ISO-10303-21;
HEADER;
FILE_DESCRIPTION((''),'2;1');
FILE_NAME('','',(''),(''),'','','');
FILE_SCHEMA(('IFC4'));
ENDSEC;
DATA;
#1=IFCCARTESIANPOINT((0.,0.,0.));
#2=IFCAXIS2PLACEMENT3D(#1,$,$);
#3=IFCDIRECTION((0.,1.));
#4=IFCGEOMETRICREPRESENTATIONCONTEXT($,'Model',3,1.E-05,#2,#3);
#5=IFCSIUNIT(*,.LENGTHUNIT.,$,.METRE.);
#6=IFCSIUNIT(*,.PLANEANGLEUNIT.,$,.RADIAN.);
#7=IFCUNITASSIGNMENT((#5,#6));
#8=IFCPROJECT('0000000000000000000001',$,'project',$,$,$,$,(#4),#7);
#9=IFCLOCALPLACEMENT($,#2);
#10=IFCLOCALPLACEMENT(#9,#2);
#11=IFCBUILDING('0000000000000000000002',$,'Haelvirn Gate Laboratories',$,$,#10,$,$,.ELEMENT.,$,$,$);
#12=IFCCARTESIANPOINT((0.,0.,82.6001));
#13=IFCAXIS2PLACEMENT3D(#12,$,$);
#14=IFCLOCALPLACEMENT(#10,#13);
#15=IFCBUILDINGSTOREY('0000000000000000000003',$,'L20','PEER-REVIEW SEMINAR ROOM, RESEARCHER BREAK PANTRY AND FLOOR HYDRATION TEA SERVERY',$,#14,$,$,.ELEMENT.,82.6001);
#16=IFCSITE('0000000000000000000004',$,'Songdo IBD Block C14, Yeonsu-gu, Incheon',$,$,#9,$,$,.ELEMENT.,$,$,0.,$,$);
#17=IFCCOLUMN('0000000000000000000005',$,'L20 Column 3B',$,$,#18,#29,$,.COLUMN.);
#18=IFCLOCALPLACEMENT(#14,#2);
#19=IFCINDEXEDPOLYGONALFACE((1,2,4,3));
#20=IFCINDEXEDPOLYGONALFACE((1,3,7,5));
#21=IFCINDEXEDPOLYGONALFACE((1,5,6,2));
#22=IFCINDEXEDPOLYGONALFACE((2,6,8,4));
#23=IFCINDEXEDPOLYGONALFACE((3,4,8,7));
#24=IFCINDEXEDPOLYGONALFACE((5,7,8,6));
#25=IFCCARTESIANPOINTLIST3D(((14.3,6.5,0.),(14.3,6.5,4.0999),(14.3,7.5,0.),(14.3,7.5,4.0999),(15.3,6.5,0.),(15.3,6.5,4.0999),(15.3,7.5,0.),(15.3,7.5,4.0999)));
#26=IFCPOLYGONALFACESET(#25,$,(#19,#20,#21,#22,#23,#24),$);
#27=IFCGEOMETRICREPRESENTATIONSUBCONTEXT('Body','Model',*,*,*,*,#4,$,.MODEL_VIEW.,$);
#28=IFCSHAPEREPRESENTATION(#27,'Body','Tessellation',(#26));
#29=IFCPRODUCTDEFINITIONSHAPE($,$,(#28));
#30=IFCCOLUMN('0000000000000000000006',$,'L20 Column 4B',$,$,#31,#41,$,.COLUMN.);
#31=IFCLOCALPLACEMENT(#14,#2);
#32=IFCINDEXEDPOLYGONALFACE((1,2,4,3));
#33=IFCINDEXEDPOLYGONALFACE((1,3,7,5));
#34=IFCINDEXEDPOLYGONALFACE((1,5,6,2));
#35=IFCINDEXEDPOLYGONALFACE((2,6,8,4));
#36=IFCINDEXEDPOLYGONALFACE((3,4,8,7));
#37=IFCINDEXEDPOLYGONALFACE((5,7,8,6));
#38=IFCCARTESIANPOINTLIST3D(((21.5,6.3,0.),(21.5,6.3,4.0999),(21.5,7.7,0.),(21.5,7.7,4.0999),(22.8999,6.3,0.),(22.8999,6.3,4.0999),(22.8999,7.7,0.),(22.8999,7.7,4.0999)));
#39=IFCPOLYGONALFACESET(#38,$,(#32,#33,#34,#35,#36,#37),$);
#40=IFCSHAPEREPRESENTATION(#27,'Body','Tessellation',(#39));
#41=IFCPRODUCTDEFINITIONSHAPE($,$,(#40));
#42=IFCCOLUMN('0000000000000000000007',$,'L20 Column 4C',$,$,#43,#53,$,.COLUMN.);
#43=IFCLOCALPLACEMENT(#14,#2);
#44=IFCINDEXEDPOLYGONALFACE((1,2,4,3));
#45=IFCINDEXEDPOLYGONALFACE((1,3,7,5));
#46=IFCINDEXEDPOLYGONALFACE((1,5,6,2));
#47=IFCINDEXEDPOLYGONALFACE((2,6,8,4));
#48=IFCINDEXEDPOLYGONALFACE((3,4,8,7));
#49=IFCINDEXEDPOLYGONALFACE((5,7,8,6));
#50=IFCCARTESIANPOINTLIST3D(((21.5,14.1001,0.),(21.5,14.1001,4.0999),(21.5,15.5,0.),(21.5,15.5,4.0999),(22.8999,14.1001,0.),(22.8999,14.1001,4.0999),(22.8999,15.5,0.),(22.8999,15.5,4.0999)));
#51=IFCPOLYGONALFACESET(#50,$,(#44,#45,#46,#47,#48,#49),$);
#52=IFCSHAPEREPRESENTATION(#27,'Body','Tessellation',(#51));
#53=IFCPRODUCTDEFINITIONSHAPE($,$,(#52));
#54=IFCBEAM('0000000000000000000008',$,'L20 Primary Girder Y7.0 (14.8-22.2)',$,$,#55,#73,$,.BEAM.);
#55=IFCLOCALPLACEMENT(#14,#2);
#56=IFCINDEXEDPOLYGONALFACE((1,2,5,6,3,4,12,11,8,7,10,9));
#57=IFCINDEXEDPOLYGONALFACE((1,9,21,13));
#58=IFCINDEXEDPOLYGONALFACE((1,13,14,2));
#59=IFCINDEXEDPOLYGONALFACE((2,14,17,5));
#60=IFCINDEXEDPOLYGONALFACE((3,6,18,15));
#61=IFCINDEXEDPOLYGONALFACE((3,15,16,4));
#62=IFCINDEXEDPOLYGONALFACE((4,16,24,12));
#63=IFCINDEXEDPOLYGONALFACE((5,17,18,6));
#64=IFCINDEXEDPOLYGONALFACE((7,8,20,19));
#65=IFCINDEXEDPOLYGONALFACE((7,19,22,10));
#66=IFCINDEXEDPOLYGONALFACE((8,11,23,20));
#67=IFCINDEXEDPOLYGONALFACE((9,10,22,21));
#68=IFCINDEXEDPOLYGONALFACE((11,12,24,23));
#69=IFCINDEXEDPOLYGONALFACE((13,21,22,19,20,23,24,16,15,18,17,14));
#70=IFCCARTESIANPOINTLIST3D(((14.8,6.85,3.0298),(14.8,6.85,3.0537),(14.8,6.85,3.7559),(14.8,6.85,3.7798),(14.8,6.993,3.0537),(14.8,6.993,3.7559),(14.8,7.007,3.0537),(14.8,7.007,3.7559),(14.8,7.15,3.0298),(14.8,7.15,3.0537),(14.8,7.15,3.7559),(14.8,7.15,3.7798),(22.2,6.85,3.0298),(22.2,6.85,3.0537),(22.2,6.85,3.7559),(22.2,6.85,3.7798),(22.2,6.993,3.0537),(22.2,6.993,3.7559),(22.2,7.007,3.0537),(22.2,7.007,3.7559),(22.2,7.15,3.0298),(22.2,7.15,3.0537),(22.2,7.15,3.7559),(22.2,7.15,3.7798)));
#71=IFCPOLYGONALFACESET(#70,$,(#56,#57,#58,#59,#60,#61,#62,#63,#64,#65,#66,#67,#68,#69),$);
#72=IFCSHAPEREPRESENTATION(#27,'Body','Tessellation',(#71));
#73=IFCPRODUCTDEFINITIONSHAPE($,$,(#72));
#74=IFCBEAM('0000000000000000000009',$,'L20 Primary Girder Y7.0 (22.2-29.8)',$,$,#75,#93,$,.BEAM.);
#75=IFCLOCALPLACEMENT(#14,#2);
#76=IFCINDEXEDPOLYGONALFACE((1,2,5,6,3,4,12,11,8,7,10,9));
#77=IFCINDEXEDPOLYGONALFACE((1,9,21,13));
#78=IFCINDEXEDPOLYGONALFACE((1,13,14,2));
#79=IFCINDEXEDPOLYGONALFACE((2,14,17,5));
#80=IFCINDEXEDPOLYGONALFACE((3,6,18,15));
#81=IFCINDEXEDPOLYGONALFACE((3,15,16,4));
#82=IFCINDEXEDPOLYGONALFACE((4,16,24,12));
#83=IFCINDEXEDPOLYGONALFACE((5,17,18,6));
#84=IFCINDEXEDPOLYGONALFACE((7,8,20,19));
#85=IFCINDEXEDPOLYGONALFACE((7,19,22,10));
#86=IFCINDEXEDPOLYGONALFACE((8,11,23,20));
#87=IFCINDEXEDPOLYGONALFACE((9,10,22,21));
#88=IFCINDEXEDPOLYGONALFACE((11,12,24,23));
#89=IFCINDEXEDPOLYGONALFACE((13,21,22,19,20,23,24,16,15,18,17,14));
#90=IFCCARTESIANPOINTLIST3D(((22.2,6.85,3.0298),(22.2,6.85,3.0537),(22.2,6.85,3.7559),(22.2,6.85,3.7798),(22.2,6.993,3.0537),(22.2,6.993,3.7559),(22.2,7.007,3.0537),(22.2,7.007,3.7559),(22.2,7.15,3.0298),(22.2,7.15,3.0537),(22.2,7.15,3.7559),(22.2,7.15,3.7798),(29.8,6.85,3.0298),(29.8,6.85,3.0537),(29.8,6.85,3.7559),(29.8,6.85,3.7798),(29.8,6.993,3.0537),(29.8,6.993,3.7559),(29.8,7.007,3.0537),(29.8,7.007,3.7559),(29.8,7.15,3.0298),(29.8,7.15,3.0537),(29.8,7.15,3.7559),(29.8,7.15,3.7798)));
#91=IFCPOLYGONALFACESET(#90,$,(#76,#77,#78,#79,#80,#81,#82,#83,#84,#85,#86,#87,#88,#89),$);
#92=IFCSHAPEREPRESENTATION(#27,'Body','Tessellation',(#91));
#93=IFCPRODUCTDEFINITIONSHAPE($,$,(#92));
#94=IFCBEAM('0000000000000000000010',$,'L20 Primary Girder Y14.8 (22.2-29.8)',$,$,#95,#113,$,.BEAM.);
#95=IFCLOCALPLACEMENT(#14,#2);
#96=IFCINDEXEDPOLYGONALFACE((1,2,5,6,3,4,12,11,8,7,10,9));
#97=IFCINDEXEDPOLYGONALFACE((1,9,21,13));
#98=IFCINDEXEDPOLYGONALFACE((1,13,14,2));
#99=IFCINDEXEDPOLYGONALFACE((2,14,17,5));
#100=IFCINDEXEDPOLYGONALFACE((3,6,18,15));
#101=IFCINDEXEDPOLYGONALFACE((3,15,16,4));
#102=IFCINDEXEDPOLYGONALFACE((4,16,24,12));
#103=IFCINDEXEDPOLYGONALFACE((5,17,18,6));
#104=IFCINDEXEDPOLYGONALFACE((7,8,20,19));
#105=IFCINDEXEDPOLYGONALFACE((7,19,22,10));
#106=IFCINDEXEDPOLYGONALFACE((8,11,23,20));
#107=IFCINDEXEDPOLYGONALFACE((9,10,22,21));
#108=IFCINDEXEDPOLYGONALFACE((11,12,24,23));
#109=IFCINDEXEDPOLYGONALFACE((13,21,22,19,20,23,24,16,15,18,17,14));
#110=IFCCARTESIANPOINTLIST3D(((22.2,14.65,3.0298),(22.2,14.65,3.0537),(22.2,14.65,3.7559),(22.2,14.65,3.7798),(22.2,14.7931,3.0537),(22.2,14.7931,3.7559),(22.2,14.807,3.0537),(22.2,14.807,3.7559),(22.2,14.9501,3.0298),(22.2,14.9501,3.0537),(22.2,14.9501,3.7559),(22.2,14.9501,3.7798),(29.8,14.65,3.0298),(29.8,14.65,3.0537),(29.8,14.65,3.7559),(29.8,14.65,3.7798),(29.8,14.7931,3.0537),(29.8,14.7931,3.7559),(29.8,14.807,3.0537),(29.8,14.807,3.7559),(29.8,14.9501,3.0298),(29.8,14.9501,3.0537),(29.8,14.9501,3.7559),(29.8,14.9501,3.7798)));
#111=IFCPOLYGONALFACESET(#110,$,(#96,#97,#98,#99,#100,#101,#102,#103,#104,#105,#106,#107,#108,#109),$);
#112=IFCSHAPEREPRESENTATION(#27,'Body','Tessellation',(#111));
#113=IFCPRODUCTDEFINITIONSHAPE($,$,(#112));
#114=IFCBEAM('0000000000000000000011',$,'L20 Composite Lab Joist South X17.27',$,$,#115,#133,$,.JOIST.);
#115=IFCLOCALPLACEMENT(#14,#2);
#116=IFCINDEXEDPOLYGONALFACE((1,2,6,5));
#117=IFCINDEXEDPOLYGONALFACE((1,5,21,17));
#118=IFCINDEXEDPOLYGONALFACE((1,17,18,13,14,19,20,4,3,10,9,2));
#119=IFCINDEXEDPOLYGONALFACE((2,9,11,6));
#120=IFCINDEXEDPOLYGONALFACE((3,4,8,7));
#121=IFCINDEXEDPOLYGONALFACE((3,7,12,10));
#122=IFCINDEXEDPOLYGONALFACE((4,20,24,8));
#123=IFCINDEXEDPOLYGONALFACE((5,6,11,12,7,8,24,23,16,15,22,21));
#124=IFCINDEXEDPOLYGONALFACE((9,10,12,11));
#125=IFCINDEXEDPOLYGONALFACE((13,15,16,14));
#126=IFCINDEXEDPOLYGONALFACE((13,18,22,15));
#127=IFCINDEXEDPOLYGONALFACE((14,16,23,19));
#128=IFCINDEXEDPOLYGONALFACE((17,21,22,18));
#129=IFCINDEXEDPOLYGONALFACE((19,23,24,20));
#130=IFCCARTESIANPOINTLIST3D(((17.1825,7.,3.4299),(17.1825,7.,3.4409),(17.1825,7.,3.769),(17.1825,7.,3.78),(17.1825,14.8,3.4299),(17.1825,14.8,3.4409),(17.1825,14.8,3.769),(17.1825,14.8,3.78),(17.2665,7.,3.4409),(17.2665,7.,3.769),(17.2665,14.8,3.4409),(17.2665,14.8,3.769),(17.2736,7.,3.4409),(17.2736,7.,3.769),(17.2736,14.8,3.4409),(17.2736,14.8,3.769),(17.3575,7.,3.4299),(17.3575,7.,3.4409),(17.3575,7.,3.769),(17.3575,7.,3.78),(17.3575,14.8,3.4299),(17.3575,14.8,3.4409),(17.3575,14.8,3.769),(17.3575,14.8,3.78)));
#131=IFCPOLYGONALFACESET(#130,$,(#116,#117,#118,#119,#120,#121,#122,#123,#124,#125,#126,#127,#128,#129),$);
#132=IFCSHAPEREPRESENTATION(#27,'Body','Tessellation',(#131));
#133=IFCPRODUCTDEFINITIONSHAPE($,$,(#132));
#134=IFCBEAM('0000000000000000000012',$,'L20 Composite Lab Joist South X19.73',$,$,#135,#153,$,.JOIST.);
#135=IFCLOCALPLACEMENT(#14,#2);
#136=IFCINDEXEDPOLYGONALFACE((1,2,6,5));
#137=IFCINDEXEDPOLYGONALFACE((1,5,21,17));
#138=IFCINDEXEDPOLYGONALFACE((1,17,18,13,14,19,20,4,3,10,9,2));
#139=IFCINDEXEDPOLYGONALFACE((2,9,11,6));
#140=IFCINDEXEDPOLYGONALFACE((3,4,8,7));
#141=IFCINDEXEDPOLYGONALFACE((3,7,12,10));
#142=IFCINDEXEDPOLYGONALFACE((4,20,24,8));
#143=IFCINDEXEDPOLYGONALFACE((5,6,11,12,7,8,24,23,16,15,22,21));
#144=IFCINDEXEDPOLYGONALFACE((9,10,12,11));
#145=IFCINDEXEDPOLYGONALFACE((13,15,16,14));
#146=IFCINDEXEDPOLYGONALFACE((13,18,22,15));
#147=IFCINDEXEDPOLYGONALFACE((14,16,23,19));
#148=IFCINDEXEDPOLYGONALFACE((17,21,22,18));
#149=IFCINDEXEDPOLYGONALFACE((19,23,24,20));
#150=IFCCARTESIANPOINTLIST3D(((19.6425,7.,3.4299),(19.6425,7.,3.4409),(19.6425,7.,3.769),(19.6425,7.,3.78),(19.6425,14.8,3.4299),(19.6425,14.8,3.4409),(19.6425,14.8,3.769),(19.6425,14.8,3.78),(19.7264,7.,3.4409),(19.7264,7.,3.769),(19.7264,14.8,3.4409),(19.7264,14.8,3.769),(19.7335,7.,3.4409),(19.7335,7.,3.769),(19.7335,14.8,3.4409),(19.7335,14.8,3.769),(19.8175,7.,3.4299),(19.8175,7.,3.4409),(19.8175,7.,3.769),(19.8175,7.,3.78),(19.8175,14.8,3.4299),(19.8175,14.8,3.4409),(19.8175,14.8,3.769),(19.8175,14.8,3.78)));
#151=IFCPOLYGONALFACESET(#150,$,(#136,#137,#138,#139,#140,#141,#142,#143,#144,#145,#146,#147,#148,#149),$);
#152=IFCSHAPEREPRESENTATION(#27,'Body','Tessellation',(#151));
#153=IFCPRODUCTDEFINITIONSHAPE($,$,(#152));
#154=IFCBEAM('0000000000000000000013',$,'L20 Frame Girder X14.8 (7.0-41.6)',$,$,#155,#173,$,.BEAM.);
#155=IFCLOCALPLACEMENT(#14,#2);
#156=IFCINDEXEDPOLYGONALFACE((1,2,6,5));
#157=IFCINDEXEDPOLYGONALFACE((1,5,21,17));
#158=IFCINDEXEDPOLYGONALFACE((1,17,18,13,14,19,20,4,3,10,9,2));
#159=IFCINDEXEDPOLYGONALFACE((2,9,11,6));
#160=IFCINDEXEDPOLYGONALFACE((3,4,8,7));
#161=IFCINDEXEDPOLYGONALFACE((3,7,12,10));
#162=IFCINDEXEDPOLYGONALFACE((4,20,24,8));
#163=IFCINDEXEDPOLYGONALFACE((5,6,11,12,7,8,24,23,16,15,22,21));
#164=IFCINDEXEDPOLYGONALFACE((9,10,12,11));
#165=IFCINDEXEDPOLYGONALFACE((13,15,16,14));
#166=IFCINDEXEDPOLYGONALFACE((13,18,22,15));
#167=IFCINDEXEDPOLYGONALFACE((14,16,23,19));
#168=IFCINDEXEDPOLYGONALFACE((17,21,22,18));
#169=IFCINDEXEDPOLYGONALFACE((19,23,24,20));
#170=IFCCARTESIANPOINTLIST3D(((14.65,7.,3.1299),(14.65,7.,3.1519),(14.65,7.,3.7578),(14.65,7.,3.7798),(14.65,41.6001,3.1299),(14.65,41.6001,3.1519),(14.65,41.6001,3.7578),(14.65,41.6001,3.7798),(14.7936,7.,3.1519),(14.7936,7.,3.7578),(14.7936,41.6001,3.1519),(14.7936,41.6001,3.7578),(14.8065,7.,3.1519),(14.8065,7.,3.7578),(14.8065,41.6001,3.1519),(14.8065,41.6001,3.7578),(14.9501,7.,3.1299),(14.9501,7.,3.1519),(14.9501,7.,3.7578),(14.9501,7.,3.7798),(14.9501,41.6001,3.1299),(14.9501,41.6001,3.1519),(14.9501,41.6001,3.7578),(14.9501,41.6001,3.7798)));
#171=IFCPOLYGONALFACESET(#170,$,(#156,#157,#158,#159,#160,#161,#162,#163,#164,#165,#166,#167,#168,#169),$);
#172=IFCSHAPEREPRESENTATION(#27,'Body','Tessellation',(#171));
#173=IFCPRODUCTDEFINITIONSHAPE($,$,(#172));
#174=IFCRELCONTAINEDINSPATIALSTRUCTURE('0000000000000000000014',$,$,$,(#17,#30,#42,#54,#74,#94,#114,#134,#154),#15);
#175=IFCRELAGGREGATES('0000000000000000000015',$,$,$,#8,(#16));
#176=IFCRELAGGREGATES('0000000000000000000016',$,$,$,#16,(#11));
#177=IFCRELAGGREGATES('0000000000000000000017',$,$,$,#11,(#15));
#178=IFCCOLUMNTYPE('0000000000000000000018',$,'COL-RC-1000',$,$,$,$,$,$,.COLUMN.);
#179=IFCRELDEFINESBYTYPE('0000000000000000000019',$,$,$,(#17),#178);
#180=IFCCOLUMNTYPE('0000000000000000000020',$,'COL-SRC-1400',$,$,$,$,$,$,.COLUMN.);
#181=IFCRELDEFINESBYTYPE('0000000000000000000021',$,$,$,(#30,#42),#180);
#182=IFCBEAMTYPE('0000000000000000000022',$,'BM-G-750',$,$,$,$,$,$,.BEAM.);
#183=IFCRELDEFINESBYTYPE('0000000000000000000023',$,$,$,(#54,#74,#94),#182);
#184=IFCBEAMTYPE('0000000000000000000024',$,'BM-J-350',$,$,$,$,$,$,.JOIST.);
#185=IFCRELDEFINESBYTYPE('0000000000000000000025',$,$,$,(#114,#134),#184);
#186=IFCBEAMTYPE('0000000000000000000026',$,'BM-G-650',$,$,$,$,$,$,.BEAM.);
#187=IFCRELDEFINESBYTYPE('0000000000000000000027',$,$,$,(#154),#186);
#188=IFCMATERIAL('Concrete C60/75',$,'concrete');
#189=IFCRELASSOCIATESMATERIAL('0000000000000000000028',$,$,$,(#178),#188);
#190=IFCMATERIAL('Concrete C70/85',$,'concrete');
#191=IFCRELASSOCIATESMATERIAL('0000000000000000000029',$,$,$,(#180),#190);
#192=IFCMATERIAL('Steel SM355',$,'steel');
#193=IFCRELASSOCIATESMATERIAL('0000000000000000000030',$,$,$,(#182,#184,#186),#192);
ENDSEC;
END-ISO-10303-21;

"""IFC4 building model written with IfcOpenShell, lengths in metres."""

from ifc_helpers import new_model, si_unit, direction, frame, origin, origin_2d, place, context, subcontext, project, spatial, rectangle, i_section, extrude, source, transform, mapped, material, material_profile, profile_set, type_object, type_shapes, element, save


model = new_model("IFC4")

# Units and contexts
model_context = context("Model", 3, precision=1e-05, world=origin(), true_north=direction((0.0, 1.0)))
body_context = subcontext(model_context, "Body", "Model", "MODEL_VIEW")
ifc_project = project(units=[si_unit("LENGTHUNIT", "METRE"), si_unit("PLANEANGLEUNIT", "RADIAN")], contexts=[model_context])

# Site, building, storey
site_placement = place(None, origin())
site = spatial("IfcSite", under=ifc_project, at=site_placement, Name="Songdo IBD Block C14, Yeonsu-gu, Incheon", CompositionType="ELEMENT", RefElevation=0.0)
building_placement = place(site_placement, origin())
building = spatial("IfcBuilding", under=site, at=building_placement, Name="Haelvirn Gate Laboratories", CompositionType="ELEMENT")
storey_placement = place(building_placement, frame((0.0, 0.0, 82.6001)))
storey = spatial("IfcBuildingStorey", under=building, at=storey_placement, Name="L20", Description="PEER-REVIEW SEMINAR ROOM, RESEARCHER BREAK PANTRY AND FLOOR HYDRATION TEA SERVERY", CompositionType="ELEMENT", Elevation=82.6001)

# Columns
ifc_material_1 = material(Name="Concrete C60/75", Category="concrete")
ifc_material_profile_1 = material_profile(ifc_material_1, rectangle(XDim=1.0, YDim=1.0, at=origin_2d()), Name="RC-1000x1000")
ifc_profile_set_1 = profile_set([ifc_material_profile_1], Name="Concrete C60/75")
column_type_1 = type_object("IfcColumnType", Name="COL-RC-1000", PredefinedType="COLUMN", material=ifc_profile_set_1)
shared_shape_1 = source(origin(), body_context, "Body", "SweptSolid", [
    extrude(rectangle(XDim=1.0, YDim=1.0, at=origin_2d()), origin(), (0.0, 0.0, 1.0), 4.0999),
])
type_shapes(column_type_1, [shared_shape_1])
column_placement = place(storey_placement, frame((14.8, 7.0, 0.0), z_axis=(0.0, 0.0, 1.0), x_axis=(1.0, 0.0, 0.0)))
element("IfcColumn", 1, at=column_placement, inside=storey, type_object=column_type_1, Name="L20 Column 3B", PredefinedType="COLUMN", context=body_context, shape_type="MappedRepresentation", body=[
    mapped(shared_shape_1, transform((0.0, 0.0, 0.0), scale=1.0)),
])
ifc_material_2 = material(Name="Concrete C70/85", Category="concrete")
ifc_material_profile_2 = material_profile(ifc_material_2, rectangle(XDim=1.3999, YDim=1.3999, at=origin_2d()), Name="SRC-1400x1400")
ifc_profile_set_2 = profile_set([ifc_material_profile_2], Name="Concrete C70/85")
column_type_2 = type_object("IfcColumnType", Name="COL-SRC-1400", PredefinedType="COLUMN", material=ifc_profile_set_2)
shared_shape_2 = source(origin(), body_context, "Body", "SweptSolid", [
    extrude(rectangle(XDim=1.3999, YDim=1.3999, at=origin_2d()), origin(), (0.0, 0.0, 1.0), 4.0999),
])
type_shapes(column_type_2, [shared_shape_2])
for number, where, z_axis, x_axis, name in (
    (2, (22.2, 7.0, 0.0), (0.0, 0.0, 1.0), (1.0, 0.0, 0.0), "L20 Column 4B"),
    (3, (22.2, 14.8, 0.0), (0.0, 0.0, 1.0), (1.0, 0.0, 0.0), "L20 Column 4C"),
):
    element("IfcColumn", number, at=place(storey_placement, frame(where, z_axis=z_axis, x_axis=x_axis)), inside=storey, type_object=column_type_2, Name=name, PredefinedType="COLUMN", context=body_context, shape_type="MappedRepresentation", body=[
        mapped(shared_shape_2, transform((0.0, 0.0, 0.0), scale=1.0)),
    ])

# Beams
ifc_material_3 = material(Name="Steel SM355", Category="steel")
ifc_material_profile_3 = material_profile(ifc_material_3, i_section(OverallWidth=0.3, OverallDepth=0.75, WebThickness=0.0139, FlangeThickness=0.0239, at=origin_2d()), Name="H-750x300x14x24")
ifc_profile_set_3 = profile_set([ifc_material_profile_3], Name="Steel SM355")
beam_type_1 = type_object("IfcBeamType", Name="BM-G-750", PredefinedType="BEAM", material=ifc_profile_set_3)
shared_shape_3 = source(origin(), body_context, "Body", "SweptSolid", [
    extrude(i_section(OverallWidth=0.3, OverallDepth=0.75, WebThickness=0.0139, FlangeThickness=0.0239, at=origin_2d()), origin(), (0.0, 0.0, 1.0), 7.3999),
])
beam_1_placement = place(storey_placement, frame((14.8, 7.0, 3.4048), z_axis=(1.0, 0.0, 0.0), x_axis=(0.0, 1.0, 0.0)))
element("IfcBeam", 4, at=beam_1_placement, inside=storey, type_object=beam_type_1, Name="L20 Primary Girder Y7.0 (14.8-22.2)", PredefinedType="BEAM", context=body_context, shape_type="MappedRepresentation", body=[
    mapped(shared_shape_3, transform((0.0, 0.0, 0.0), scale=1.0)),
])
shared_shape_4 = source(origin(), body_context, "Body", "SweptSolid", [
    extrude(i_section(OverallWidth=0.3, OverallDepth=0.75, WebThickness=0.0139, FlangeThickness=0.0239, at=origin_2d()), origin(), (0.0, 0.0, 1.0), 7.6001),
])
type_shapes(beam_type_1, [shared_shape_3, shared_shape_4])
for number, where, z_axis, x_axis, name in (
    (5, (22.2, 7.0, 3.4048), (1.0, 0.0, 0.0), (0.0, 1.0, 0.0), "L20 Primary Girder Y7.0 (22.2-29.8)"),
    (6, (22.2, 14.8, 3.4048), (1.0, 0.0, 0.0), (0.0, 1.0, 0.0), "L20 Primary Girder Y14.8 (22.2-29.8)"),
):
    element("IfcBeam", number, at=place(storey_placement, frame(where, z_axis=z_axis, x_axis=x_axis)), inside=storey, type_object=beam_type_1, Name=name, PredefinedType="BEAM", context=body_context, shape_type="MappedRepresentation", body=[
        mapped(shared_shape_4, transform((0.0, 0.0, 0.0), scale=1.0)),
    ])
ifc_material_profile_4 = material_profile(ifc_material_3, i_section(OverallWidth=0.175, OverallDepth=0.3501, WebThickness=0.0071, FlangeThickness=0.011, at=origin_2d()), Name="H-350x175x7x11")
ifc_profile_set_4 = profile_set([ifc_material_profile_4], Name="Steel SM355")
beam_type_2 = type_object("IfcBeamType", Name="BM-J-350", PredefinedType="JOIST", material=ifc_profile_set_4)
shared_shape_5 = source(origin(), body_context, "Body", "SweptSolid", [
    extrude(i_section(OverallWidth=0.175, OverallDepth=0.3501, WebThickness=0.0071, FlangeThickness=0.011, at=origin_2d()), origin(), (0.0, 0.0, 1.0), 7.8),
])
type_shapes(beam_type_2, [shared_shape_5])
for number, where, z_axis, x_axis, name in (
    (7, (17.27, 7.0, 3.605), (0.0, 1.0, 0.0), (-1.0, 0.0, 0.0), "L20 Composite Lab Joist South X17.27"),
    (8, (19.73, 7.0, 3.605), (0.0, 1.0, 0.0), (-1.0, 0.0, 0.0), "L20 Composite Lab Joist South X19.73"),
):
    element("IfcBeam", number, at=place(storey_placement, frame(where, z_axis=z_axis, x_axis=x_axis)), inside=storey, type_object=beam_type_2, Name=name, PredefinedType="JOIST", context=body_context, shape_type="MappedRepresentation", body=[
        mapped(shared_shape_5, transform((0.0, 0.0, 0.0), scale=1.0)),
    ])
ifc_material_profile_5 = material_profile(ifc_material_3, i_section(OverallWidth=0.3, OverallDepth=0.6499, WebThickness=0.0129, FlangeThickness=0.022, at=origin_2d()), Name="H-650x300x13x22")
ifc_profile_set_5 = profile_set([ifc_material_profile_5], Name="Steel SM355")
beam_type_3 = type_object("IfcBeamType", Name="BM-G-650", PredefinedType="BEAM", material=ifc_profile_set_5)
shared_shape_6 = source(origin(), body_context, "Body", "SweptSolid", [
    extrude(i_section(OverallWidth=0.3, OverallDepth=0.6499, WebThickness=0.0129, FlangeThickness=0.022, at=origin_2d()), origin(), (0.0, 0.0, 1.0), 34.6001),
])
beam_2_placement = place(storey_placement, frame((14.8, 7.0, 3.4548), z_axis=(0.0, 1.0, 0.0), x_axis=(-1.0, 0.0, 0.0)))
element("IfcBeam", 9, at=beam_2_placement, inside=storey, type_object=beam_type_3, Name="L20 Frame Girder X14.8 (7.0-41.6)", PredefinedType="BEAM", context=body_context, shape_type="MappedRepresentation", body=[
    mapped(shared_shape_6, transform((0.0, 0.0, 0.0), scale=1.0)),
])

save(model, "model.ifc")
